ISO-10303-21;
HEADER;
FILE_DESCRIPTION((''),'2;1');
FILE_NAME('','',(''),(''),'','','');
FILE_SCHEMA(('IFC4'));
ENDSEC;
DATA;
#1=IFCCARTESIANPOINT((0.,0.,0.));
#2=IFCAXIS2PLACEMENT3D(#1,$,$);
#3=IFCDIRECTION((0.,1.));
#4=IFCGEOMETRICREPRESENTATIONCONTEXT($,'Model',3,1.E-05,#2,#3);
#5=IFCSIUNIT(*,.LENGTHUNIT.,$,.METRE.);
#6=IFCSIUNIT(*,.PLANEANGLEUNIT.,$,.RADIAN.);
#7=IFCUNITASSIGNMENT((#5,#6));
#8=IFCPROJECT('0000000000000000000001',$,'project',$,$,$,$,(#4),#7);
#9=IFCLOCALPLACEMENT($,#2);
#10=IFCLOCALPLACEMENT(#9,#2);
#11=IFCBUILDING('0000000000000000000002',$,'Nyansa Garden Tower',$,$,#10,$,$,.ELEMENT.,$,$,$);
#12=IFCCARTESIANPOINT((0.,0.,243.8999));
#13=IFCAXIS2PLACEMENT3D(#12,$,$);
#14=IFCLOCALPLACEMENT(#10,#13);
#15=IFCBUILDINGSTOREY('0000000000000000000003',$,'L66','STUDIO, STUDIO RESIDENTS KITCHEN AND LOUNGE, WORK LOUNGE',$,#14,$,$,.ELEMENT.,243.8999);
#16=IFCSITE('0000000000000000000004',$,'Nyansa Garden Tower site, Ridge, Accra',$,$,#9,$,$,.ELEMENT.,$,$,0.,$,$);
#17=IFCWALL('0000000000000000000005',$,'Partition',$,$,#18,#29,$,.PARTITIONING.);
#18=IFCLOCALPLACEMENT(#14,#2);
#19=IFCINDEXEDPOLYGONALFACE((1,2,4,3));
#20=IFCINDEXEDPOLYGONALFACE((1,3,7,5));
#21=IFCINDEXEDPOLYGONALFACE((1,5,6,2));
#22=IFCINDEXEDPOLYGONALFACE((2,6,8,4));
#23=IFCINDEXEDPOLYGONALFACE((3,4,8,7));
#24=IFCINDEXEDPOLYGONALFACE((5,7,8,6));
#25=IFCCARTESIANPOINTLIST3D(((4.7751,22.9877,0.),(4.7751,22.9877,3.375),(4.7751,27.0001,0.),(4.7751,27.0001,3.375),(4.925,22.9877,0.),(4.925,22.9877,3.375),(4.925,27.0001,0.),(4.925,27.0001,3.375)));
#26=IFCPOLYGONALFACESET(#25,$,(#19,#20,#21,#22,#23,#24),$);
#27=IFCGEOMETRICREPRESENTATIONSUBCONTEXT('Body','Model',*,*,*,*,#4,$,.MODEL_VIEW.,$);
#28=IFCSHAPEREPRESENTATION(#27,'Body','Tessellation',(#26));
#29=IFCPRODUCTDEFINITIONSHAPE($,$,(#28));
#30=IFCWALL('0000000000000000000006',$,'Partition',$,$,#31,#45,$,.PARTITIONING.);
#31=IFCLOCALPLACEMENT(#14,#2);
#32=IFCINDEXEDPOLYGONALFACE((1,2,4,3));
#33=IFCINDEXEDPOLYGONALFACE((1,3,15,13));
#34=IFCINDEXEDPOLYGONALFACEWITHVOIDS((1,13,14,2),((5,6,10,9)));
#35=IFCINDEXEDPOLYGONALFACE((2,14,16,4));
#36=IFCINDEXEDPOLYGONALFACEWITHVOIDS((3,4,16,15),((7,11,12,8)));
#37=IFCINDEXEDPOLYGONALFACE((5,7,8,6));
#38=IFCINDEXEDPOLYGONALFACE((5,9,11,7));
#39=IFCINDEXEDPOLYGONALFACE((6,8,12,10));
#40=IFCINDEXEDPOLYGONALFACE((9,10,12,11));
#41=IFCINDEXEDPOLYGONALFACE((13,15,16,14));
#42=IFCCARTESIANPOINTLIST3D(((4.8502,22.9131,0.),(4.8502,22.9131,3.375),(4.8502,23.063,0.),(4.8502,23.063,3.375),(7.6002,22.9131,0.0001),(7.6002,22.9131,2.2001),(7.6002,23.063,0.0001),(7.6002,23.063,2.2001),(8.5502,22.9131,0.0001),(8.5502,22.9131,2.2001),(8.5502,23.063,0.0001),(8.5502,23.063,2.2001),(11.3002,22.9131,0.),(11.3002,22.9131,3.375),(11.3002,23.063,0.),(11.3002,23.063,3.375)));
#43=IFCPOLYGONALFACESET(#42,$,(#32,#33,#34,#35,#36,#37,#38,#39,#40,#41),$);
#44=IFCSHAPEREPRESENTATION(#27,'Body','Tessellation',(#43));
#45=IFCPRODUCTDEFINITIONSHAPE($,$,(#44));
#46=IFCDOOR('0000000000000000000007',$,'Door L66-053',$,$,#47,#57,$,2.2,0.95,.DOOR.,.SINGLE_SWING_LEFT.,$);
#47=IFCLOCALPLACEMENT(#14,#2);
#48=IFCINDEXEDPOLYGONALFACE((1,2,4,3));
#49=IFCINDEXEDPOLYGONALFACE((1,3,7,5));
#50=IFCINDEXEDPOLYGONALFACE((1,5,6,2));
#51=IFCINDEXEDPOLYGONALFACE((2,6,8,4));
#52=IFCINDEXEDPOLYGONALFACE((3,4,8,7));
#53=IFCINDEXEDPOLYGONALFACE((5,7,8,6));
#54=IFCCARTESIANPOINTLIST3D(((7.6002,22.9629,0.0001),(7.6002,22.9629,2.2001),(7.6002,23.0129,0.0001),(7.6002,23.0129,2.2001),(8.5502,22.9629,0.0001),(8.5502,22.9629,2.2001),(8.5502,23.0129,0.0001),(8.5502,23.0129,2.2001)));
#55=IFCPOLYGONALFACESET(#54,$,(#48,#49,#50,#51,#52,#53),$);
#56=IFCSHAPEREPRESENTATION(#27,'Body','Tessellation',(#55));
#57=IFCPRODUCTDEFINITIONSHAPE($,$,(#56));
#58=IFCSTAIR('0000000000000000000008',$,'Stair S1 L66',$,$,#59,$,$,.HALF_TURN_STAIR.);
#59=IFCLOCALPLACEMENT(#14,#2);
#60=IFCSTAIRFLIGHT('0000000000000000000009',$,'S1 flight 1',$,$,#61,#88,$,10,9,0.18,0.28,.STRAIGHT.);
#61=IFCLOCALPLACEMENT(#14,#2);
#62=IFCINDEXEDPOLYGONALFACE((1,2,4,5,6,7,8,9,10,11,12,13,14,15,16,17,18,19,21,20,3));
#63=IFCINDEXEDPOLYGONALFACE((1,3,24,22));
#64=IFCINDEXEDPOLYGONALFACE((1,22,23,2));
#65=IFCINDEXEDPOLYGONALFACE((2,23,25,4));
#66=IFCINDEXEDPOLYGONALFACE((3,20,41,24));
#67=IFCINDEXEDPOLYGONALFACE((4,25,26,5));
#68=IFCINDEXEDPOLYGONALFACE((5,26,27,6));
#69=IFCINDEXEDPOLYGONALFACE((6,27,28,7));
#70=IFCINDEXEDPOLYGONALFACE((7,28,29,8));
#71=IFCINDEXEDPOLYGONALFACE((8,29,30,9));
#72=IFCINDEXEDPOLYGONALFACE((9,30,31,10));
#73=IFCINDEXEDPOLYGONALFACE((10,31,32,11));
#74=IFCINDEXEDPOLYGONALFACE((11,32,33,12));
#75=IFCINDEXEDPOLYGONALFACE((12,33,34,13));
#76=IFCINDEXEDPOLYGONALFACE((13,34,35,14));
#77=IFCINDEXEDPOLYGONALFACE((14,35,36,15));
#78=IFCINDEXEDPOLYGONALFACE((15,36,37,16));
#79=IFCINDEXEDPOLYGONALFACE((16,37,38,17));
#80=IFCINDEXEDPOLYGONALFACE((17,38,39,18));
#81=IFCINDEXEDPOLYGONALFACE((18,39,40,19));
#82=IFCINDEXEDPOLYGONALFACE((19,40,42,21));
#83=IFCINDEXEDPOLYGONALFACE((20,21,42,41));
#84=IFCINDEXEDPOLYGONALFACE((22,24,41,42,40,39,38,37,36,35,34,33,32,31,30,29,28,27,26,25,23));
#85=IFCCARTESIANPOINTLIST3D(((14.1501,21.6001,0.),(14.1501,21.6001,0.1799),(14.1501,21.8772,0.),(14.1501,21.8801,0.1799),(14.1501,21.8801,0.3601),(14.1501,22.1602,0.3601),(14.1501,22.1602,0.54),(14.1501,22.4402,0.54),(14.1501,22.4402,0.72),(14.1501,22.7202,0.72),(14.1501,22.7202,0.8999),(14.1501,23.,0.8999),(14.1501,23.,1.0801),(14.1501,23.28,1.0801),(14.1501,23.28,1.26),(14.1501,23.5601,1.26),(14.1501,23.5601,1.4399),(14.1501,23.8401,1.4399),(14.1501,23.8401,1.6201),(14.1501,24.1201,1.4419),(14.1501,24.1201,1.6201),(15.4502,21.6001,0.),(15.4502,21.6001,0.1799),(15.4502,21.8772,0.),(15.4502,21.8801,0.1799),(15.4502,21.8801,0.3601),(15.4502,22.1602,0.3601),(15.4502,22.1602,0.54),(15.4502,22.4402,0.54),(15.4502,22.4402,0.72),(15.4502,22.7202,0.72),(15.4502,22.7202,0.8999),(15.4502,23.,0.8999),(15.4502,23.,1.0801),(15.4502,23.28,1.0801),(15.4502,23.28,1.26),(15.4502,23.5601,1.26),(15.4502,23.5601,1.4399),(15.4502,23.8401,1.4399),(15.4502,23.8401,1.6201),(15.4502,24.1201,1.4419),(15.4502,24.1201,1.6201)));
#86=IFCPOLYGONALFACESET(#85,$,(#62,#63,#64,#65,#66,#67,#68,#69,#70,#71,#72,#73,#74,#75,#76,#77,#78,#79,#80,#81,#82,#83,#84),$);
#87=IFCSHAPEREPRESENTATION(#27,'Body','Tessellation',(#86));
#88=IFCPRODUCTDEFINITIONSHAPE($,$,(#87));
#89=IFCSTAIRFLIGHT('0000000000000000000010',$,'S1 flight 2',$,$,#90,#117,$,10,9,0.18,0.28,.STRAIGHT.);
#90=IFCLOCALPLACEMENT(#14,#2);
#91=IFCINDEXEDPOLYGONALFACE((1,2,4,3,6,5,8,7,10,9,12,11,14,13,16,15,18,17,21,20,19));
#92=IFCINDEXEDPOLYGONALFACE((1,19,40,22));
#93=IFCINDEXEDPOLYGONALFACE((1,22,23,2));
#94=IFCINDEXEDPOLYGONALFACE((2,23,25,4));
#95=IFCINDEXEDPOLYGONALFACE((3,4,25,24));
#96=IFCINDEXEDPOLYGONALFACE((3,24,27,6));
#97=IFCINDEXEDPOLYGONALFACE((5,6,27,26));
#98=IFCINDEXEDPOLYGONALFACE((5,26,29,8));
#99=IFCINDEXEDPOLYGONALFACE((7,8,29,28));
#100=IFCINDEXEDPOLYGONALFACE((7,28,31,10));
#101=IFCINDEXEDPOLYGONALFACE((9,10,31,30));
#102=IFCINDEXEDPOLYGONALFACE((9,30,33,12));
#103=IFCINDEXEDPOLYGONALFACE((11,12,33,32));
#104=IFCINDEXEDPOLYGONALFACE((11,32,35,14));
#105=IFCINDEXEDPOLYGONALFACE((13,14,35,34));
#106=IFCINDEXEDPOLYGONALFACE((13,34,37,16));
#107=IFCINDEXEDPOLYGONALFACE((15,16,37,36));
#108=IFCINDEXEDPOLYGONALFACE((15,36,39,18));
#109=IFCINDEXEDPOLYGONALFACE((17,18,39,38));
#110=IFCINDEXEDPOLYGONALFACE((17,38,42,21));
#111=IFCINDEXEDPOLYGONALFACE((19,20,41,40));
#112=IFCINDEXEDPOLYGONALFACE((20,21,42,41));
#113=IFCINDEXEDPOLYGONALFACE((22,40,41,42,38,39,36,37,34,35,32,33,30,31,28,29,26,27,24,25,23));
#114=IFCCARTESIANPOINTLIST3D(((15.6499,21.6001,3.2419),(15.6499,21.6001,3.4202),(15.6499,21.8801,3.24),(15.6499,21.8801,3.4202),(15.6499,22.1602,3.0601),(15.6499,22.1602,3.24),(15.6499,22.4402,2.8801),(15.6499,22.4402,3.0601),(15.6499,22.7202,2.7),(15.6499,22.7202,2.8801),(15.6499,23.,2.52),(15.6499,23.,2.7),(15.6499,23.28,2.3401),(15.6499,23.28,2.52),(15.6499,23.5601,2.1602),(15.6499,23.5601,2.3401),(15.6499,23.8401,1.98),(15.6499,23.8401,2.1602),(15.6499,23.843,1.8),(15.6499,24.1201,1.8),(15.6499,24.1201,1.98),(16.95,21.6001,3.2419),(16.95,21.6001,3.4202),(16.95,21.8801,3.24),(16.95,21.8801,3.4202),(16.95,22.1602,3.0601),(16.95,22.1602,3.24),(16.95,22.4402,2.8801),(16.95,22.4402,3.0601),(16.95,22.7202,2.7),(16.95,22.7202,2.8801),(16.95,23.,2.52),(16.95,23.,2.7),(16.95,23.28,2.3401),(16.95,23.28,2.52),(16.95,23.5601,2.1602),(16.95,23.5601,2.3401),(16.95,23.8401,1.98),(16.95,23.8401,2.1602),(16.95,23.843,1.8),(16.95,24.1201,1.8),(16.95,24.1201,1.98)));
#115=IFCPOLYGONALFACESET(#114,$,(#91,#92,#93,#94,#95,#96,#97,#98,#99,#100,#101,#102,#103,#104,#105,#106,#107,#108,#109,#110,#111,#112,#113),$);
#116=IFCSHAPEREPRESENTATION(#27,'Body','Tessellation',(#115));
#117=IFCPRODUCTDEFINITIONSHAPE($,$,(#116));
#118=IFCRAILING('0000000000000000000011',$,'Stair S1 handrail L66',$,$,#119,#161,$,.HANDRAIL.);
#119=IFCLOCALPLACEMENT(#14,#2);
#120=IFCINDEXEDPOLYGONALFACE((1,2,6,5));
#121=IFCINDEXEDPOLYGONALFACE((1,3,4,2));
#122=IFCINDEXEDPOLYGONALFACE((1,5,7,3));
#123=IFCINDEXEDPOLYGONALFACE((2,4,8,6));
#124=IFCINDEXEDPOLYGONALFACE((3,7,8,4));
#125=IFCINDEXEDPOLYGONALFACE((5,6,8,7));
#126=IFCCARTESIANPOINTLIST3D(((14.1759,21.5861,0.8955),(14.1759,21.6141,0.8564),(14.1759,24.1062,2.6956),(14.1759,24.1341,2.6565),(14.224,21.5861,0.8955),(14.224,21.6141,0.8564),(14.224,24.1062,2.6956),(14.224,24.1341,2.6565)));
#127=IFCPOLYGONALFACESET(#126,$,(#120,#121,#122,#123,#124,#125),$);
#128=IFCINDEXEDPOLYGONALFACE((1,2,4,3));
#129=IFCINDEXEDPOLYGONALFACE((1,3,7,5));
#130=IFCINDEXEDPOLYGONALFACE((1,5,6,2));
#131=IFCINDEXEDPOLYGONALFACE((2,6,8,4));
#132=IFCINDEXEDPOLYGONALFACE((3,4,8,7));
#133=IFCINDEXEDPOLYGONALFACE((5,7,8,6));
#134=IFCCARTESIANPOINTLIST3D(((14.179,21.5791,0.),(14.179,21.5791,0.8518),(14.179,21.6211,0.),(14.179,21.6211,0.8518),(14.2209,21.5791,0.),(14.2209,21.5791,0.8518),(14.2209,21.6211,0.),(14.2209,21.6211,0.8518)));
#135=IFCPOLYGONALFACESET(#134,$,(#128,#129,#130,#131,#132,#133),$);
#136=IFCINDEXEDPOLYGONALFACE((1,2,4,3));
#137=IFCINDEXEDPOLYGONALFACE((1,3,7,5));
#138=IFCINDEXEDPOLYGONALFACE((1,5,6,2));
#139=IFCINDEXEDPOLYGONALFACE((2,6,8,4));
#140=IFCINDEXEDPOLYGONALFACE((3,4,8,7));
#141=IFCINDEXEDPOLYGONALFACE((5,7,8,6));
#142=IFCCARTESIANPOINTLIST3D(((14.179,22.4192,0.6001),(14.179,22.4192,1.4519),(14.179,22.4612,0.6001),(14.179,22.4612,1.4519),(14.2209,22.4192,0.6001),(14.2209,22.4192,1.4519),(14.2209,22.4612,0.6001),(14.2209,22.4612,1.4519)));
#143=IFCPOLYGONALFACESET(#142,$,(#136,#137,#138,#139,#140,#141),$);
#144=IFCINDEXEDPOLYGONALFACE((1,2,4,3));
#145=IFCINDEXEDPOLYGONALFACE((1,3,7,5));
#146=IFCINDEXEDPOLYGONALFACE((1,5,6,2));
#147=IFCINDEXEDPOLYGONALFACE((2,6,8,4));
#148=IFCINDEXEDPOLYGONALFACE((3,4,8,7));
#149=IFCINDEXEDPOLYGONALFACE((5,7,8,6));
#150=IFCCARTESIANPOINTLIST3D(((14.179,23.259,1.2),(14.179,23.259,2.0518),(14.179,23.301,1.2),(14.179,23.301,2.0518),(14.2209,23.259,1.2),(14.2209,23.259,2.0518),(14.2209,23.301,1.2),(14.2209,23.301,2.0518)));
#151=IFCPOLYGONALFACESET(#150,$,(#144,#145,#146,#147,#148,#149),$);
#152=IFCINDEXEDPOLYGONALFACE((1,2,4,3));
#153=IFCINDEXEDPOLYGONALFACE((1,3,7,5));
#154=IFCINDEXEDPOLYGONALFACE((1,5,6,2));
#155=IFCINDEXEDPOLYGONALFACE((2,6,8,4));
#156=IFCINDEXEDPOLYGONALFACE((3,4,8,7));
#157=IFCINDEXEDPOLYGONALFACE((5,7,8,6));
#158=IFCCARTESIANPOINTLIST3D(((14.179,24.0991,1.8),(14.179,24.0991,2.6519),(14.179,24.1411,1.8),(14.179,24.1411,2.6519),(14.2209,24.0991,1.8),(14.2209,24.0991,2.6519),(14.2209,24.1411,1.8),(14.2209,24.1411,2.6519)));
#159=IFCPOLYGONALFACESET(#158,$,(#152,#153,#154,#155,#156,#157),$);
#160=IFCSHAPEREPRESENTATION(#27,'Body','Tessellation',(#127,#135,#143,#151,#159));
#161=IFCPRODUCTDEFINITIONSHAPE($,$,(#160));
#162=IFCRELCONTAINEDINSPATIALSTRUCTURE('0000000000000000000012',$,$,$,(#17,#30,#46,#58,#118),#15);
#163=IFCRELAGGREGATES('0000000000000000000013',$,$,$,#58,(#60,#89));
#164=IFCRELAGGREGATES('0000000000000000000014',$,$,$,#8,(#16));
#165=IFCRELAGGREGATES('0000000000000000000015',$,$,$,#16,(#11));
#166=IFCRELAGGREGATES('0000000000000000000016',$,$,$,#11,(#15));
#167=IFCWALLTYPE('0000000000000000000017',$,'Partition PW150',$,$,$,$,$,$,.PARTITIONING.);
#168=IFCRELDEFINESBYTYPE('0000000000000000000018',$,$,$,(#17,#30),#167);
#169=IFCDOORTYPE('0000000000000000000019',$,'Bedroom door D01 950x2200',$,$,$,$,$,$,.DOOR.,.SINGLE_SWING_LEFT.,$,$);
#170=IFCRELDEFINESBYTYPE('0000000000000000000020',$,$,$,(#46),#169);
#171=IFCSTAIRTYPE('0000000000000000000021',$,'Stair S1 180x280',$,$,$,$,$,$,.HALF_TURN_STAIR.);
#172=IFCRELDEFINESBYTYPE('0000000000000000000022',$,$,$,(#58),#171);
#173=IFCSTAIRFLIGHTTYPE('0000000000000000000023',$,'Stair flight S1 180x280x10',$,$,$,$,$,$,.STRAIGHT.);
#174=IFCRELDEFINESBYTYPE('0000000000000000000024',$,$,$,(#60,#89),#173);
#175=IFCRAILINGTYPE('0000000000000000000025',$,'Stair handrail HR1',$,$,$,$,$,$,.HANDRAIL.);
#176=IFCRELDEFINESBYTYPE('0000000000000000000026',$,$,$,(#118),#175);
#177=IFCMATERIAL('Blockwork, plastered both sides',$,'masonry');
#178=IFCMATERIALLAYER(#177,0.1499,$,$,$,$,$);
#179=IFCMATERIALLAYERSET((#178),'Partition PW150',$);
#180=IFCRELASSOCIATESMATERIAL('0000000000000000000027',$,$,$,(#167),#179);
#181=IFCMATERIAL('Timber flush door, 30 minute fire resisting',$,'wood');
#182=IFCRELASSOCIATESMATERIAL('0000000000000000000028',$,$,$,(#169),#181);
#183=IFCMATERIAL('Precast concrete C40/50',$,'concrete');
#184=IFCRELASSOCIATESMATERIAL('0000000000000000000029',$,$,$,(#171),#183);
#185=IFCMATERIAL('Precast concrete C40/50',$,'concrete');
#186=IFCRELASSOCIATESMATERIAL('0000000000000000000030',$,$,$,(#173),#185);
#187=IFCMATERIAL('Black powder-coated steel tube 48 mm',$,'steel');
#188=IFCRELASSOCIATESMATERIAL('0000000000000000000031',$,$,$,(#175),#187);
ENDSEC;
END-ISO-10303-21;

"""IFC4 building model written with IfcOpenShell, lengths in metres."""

from ifc_helpers import new_model, si_unit, direction, frame, frame_2d, origin, origin_2d, place, context, subcontext, project, spatial, polyline, rectangle, outline, extrude, material, layer, layer_set, type_object, element, fill, aggregate, save


model = new_model("IFC4")

# Units and contexts
model_context = context("Model", 3, precision=1e-05, world=origin(), true_north=direction((0.0, 1.0)))
body_context = subcontext(model_context, "Body", "Model", "MODEL_VIEW")
ifc_project = project(units=[si_unit("LENGTHUNIT", "METRE"), si_unit("PLANEANGLEUNIT", "RADIAN")], contexts=[model_context])

# Site, building, storey
site_placement = place(None, origin())
site = spatial("IfcSite", under=ifc_project, at=site_placement, Name="Nyansa Garden Tower site, Ridge, Accra", CompositionType="ELEMENT", RefElevation=0.0)
building_placement = place(site_placement, origin())
building = spatial("IfcBuilding", under=site, at=building_placement, Name="Nyansa Garden Tower", CompositionType="ELEMENT")
storey_placement = place(building_placement, frame((0.0, 0.0, 243.8999)))
storey = spatial("IfcBuildingStorey", under=building, at=storey_placement, Name="L66", Description="STUDIO, STUDIO RESIDENTS KITCHEN AND LOUNGE, WORK LOUNGE", CompositionType="ELEMENT", Elevation=243.8999)

# Wall
ifc_material_1 = material(Name="Blockwork, plastered both sides", Category="masonry")
ifc_layer_1 = layer(ifc_material_1, 0.1499)
ifc_layer_set_1 = layer_set([ifc_layer_1], Name="Partition PW150")
wall_type_1 = type_object("IfcWallType", Name="Partition PW150", PredefinedType="PARTITIONING", material=ifc_layer_set_1)
wall_1_placement = place(storey_placement, frame((4.8501, 22.9875, 0.0), z_axis=(0.0, 0.0, 1.0), x_axis=(0.0, 1.0, 0.0)))
element("IfcWall", 1, at=wall_1_placement, inside=storey, type_object=wall_type_1, Name="Partition", PredefinedType="PARTITIONING", context=body_context, shape_type="SweptSolid", body=[
    extrude(rectangle(XDim=4.0125, YDim=0.1499, at=frame_2d((2.0063, 0.0))), origin(), (0.0, 0.0, 1.0), 3.375),
])

# Wall, opening, door
wall_2_placement = place(storey_placement, frame((4.8501, 22.988, 0.0), z_axis=(0.0, 0.0, 1.0), x_axis=(1.0, 0.0, 0.0)))
wall_2 = element("IfcWall", 2, at=wall_2_placement, inside=storey, type_object=wall_type_1, Name="Partition", PredefinedType="PARTITIONING", context=body_context, shape_type="SweptSolid", body=[
    extrude(rectangle(XDim=6.45, YDim=0.1499, at=frame_2d((3.2251, 0.0))), origin(), (0.0, 0.0, 1.0), 3.375),
])
opening_1_placement = place(wall_2_placement, frame((2.75, 0.0, 0.0)))
opening_1 = element("IfcOpeningElement", 3, at=opening_1_placement, cuts=wall_2, PredefinedType="OPENING", context=body_context, shape_type="SweptSolid", body=[
    extrude(rectangle(XDim=0.95, YDim=2.2, at=frame_2d((0.4751, 1.1001))), frame((0.0, 0.085, 0.0), z_axis=(0.0, -1.0, 0.0), x_axis=(1.0, 0.0, 0.0)), (0.0, 0.0, 1.0), 0.1699),
])
ifc_material_2 = material(Name="Timber flush door, 30 minute fire resisting", Category="wood")
door_type_1 = type_object("IfcDoorType", Name="Bedroom door D01 950x2200", OperationType="SINGLE_SWING_LEFT", PredefinedType="DOOR", material=ifc_material_2)
door_1_placement = place(opening_1_placement, origin())
door_1 = element("IfcDoor", 4, at=door_1_placement, inside=storey, type_object=door_type_1, Name="Door L66-053", OperationType="SINGLE_SWING_LEFT", OverallHeight=2.2, OverallWidth=0.95, PredefinedType="DOOR", context=body_context, shape_type="SweptSolid", body=[
    extrude(rectangle(XDim=0.95, YDim=2.2, at=frame_2d((0.4751, 1.1001))), frame((0.0, 0.0249, 0.0), z_axis=(0.0, -1.0, 0.0), x_axis=(1.0, 0.0, 0.0)), (0.0, 0.0, 1.0), 0.05),
])
fill(opening_1, door_1)

# Stair, stair flights
ifc_material_3 = material(Name="Precast concrete C40/50", Category="concrete")
stair_type = type_object("IfcStairType", Name="Stair S1 180x280", PredefinedType="HALF_TURN_STAIR", material=ifc_material_3)
stair_placement = place(storey_placement, origin())
stair = element("IfcStair", 5, at=stair_placement, inside=storey, type_object=stair_type, Name="Stair S1 L66", PredefinedType="HALF_TURN_STAIR")
ifc_material_4 = material(Name="Precast concrete C40/50", Category="concrete")
stair_flight_type = type_object("IfcStairFlightType", Name="Stair flight S1 180x280x10", PredefinedType="STRAIGHT", material=ifc_material_4)
stair_flight_1_placement = place(storey_placement, frame((14.8, 21.6001, 0.0), z_axis=(0.0, 0.0, 1.0), x_axis=(0.0, 1.0, 0.0)))
stair_flight_1 = element("IfcStairFlight", 6, at=stair_flight_1_placement, type_object=stair_flight_type, Name="S1 flight 1", NumberOfRisers=10, NumberOfTreads=9, PredefinedType="STRAIGHT", RiserHeight=0.18, TreadLength=0.28, context=body_context, shape_type="SweptSolid", body=[
    extrude(outline(polyline([(0.0, 0.0), (0.0, 0.1799), (0.28, 0.1799), (0.28, 0.3601), (0.5601, 0.3601), (0.5601, 0.54), (0.8401, 0.54), (0.8401, 0.72), (1.1201, 0.72), (1.1201, 0.8999), (1.3999, 0.8999), (1.3999, 1.0801), (1.6799, 1.0801), (1.6799, 1.26), (1.96, 1.26), (1.96, 1.4399), (2.24, 1.4399), (2.24, 1.6201), (2.52, 1.6201), (2.52, 1.8), (2.52, 1.4419), (0.2771, 0.0), (0.0, 0.0)])), frame((0.0, 0.6499, 0.0), z_axis=(0.0, -1.0, 0.0), x_axis=(1.0, 0.0, 0.0)), (0.0, 0.0, 1.0), 1.3),
])
stair_flight_2_placement = place(storey_placement, frame((16.3, 24.1201, 1.8), z_axis=(0.0, 0.0, 1.0), x_axis=(0.0, -1.0, 0.0)))
stair_flight_2 = element("IfcStairFlight", 7, at=stair_flight_2_placement, type_object=stair_flight_type, Name="S1 flight 2", NumberOfRisers=10, NumberOfTreads=9, PredefinedType="STRAIGHT", RiserHeight=0.18, TreadLength=0.28, context=body_context, shape_type="SweptSolid", body=[
    extrude(outline(polyline([(0.0, 0.0), (0.0, 0.1799), (0.28, 0.1799), (0.28, 0.3601), (0.5601, 0.3601), (0.5601, 0.54), (0.8401, 0.54), (0.8401, 0.72), (1.1201, 0.72), (1.1201, 0.8999), (1.3999, 0.8999), (1.3999, 1.0801), (1.6799, 1.0801), (1.6799, 1.26), (1.96, 1.26), (1.96, 1.4399), (2.24, 1.4399), (2.24, 1.6201), (2.52, 1.6201), (2.52, 1.8), (2.52, 1.4419), (0.2771, 0.0), (0.0, 0.0)])), frame((0.0, 0.6499, 0.0), z_axis=(0.0, -1.0, 0.0), x_axis=(1.0, 0.0, 0.0)), (0.0, 0.0, 1.0), 1.3),
])
aggregate(stair, [stair_flight_1, stair_flight_2])

# Railing
ifc_material_5 = material(Name="Black powder-coated steel tube 48 mm", Category="steel")
railing_type = type_object("IfcRailingType", Name="Stair handrail HR1", PredefinedType="HANDRAIL", material=ifc_material_5)
railing_placement = place(storey_placement, frame((14.2, 21.6001, 0.0)))
element("IfcRailing", 8, at=railing_placement, inside=storey, type_object=railing_type, Name="Stair S1 handrail L66", PredefinedType="HANDRAIL", context=body_context, shape_type="SweptSolid", body=[
    extrude(rectangle(XDim=0.0481, YDim=0.0481, at=origin_2d()), frame((0.0, 0.0, 0.876), z_axis=(0.0, 0.813728, 0.581246), x_axis=(-1.0, 0.0, 0.0)), (0.0, 0.0, 1.0), 3.0969),
    extrude(rectangle(XDim=0.042, YDim=0.042, at=origin_2d()), origin(), (0.0, 0.0, 1.0), 0.8518),
    extrude(rectangle(XDim=0.042, YDim=0.042, at=origin_2d()), frame((0.0, 0.8401, 0.6001)), (0.0, 0.0, 1.0), 0.8518),
    extrude(rectangle(XDim=0.042, YDim=0.042, at=origin_2d()), frame((0.0, 1.6799, 1.2)), (0.0, 0.0, 1.0), 0.8518),
    extrude(rectangle(XDim=0.042, YDim=0.042, at=origin_2d()), frame((0.0, 2.52, 1.8)), (0.0, 0.0, 1.0), 0.8518),
])

save(model, "model.ifc")
